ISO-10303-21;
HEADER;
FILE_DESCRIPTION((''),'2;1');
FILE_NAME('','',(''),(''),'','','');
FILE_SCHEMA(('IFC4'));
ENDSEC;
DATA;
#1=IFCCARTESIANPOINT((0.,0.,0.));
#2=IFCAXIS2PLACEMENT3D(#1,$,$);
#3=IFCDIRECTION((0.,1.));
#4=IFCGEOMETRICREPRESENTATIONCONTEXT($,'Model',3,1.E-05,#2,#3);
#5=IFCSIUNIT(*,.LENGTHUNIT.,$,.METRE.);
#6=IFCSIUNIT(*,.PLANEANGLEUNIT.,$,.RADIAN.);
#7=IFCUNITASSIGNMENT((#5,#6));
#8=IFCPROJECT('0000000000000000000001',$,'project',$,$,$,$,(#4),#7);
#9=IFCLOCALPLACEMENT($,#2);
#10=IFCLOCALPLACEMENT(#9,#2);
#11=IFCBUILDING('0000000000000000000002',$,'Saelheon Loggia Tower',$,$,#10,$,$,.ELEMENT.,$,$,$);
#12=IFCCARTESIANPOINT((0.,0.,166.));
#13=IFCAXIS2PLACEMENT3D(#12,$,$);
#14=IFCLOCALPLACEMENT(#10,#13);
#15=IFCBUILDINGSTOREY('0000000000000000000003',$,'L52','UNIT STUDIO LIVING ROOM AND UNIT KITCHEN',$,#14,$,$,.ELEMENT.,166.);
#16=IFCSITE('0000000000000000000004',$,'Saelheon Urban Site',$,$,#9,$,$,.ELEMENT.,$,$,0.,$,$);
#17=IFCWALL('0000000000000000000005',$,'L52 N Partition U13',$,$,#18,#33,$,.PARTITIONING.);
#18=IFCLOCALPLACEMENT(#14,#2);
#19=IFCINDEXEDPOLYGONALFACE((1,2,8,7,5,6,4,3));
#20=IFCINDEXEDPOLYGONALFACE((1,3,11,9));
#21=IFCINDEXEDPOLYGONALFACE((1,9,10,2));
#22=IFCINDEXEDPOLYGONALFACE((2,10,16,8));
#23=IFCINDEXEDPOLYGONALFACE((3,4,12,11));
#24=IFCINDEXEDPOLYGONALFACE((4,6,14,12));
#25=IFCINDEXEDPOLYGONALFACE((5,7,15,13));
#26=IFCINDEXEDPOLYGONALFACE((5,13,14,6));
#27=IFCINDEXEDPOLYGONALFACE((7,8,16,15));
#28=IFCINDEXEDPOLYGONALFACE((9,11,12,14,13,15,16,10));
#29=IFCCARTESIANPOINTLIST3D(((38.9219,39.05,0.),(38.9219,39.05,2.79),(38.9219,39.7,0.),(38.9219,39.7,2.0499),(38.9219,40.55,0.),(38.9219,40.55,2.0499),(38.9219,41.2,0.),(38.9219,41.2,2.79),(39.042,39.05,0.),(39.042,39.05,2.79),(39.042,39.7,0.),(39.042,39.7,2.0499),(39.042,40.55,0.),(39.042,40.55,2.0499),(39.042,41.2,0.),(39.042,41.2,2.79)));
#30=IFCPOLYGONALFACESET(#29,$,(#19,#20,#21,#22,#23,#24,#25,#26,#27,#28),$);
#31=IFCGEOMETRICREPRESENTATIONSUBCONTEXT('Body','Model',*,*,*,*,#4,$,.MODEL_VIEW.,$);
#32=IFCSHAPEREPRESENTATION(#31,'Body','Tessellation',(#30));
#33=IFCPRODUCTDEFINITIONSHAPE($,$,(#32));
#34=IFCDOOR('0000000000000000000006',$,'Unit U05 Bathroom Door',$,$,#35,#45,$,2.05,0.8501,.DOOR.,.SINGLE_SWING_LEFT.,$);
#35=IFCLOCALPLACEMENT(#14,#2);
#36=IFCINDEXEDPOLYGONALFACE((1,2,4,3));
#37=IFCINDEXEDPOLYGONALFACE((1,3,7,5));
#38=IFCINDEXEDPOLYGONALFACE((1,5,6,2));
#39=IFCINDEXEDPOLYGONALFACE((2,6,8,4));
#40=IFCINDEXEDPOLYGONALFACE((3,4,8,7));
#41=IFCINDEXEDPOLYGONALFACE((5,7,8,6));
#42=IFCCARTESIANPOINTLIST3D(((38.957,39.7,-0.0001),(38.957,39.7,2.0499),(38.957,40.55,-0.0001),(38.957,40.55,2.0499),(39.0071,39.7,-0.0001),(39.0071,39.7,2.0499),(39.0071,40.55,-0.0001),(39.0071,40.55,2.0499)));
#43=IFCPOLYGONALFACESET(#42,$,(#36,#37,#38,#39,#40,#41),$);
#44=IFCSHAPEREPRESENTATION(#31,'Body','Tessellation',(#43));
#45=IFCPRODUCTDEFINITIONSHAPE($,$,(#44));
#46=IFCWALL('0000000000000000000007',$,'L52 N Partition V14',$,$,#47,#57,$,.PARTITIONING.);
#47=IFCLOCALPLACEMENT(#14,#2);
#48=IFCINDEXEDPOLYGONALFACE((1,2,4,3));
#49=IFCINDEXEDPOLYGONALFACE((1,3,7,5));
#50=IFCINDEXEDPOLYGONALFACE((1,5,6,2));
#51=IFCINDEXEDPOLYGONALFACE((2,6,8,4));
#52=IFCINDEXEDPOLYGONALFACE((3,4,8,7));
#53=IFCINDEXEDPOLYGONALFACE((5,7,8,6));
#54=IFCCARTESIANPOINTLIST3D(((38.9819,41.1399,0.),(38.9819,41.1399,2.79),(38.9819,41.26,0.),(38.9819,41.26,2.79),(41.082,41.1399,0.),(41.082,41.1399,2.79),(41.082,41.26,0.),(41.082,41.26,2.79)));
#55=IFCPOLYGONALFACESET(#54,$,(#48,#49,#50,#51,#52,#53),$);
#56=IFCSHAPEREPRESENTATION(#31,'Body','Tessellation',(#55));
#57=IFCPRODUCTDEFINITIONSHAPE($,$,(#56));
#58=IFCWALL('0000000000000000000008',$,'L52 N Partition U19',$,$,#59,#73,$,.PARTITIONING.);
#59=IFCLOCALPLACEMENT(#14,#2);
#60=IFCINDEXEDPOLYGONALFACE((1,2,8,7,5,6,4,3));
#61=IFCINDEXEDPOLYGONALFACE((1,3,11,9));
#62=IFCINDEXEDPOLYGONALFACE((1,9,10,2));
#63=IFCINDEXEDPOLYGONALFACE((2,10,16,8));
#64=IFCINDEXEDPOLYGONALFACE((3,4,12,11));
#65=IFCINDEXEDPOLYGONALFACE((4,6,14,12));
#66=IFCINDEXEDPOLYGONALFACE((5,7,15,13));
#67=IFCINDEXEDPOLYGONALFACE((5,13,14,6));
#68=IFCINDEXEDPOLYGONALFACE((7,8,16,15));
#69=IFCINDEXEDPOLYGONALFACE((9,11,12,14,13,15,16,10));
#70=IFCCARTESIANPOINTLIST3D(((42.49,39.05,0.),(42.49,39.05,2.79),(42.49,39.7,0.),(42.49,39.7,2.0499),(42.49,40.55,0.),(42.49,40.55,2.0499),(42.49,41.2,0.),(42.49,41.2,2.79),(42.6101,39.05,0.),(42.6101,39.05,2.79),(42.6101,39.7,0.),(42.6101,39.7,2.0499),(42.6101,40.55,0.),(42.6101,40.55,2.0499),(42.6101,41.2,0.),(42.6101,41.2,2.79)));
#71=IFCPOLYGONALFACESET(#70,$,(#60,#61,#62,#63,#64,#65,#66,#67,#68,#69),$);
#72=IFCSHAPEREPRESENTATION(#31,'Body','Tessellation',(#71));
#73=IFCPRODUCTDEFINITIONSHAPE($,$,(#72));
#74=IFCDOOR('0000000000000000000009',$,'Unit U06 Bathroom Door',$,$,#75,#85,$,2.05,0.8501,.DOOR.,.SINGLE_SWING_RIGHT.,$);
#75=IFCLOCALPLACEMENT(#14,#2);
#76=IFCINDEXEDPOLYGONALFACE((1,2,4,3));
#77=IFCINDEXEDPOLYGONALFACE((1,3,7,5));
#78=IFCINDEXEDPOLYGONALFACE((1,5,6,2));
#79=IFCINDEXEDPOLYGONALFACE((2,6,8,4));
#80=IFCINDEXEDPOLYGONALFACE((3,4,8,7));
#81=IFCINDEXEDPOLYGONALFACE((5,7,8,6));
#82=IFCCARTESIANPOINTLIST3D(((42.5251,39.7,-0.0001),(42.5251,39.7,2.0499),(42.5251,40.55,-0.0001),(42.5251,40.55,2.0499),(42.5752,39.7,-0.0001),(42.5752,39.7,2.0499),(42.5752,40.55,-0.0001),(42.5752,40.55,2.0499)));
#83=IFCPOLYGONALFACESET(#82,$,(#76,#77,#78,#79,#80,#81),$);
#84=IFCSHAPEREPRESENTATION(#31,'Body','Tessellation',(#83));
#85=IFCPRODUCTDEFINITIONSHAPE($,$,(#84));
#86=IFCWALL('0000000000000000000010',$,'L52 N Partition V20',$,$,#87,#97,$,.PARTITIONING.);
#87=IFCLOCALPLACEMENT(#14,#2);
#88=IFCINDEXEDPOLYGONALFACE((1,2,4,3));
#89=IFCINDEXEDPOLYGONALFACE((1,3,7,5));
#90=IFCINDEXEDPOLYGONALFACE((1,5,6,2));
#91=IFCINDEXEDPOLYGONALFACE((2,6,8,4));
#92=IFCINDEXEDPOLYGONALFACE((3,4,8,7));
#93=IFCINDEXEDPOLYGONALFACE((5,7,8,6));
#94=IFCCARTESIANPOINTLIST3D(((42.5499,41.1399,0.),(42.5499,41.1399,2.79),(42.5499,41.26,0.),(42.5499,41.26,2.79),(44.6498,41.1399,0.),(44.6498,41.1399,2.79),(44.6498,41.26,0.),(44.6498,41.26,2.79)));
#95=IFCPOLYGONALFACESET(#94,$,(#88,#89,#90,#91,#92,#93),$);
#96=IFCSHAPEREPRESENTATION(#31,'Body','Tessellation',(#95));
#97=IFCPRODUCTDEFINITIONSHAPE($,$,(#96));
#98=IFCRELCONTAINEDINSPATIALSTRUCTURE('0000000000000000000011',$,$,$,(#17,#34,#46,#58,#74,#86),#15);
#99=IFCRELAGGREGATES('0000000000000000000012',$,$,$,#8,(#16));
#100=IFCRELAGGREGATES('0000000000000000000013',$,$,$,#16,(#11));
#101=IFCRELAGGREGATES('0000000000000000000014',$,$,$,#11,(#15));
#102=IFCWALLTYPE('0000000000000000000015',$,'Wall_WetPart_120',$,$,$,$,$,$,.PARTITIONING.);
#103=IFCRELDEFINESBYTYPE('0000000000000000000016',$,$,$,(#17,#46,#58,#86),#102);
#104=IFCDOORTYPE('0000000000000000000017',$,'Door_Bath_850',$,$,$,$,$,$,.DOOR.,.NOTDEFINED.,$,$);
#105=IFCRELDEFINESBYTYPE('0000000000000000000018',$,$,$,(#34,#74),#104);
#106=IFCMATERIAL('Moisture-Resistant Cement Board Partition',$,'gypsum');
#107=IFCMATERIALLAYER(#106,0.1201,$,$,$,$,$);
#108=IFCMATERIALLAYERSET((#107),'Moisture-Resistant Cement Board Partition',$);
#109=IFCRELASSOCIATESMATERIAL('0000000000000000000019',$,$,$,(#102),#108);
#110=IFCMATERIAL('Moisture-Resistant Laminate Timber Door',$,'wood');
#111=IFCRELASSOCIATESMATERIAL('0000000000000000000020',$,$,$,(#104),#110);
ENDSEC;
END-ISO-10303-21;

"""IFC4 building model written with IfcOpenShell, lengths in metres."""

from ifc_helpers import new_model, si_unit, direction, frame, frame_2d, origin, place, context, subcontext, project, spatial, rectangle, extrude, source, transform, mapped, material, layer, layer_set, type_object, element, fill, save


model = new_model("IFC4")

# Units and contexts
model_context = context("Model", 3, precision=1e-05, world=origin(), true_north=direction((0.0, 1.0)))
body_context = subcontext(model_context, "Body", "Model", "MODEL_VIEW")
ifc_project = project(units=[si_unit("LENGTHUNIT", "METRE"), si_unit("PLANEANGLEUNIT", "RADIAN")], contexts=[model_context])

# Site, building, storey
site_placement = place(None, origin())
site = spatial("IfcSite", under=ifc_project, at=site_placement, Name="Saelheon Urban Site", CompositionType="ELEMENT", RefElevation=0.0)
building_placement = place(site_placement, origin())
building = spatial("IfcBuilding", under=site, at=building_placement, Name="Saelheon Loggia Tower", CompositionType="ELEMENT")
storey_placement = place(building_placement, frame((0.0, 0.0, 166.0)))
storey = spatial("IfcBuildingStorey", under=building, at=storey_placement, Name="L52", Description="UNIT STUDIO LIVING ROOM AND UNIT KITCHEN", CompositionType="ELEMENT", Elevation=166.0)

# Wall, opening, door
ifc_material_1 = material(Name="Moisture-Resistant Cement Board Partition", Category="gypsum")
ifc_layer_1 = layer(ifc_material_1, 0.1201)
ifc_layer_set_1 = layer_set([ifc_layer_1], Name="Moisture-Resistant Cement Board Partition")
wall_type_1 = type_object("IfcWallType", Name="Wall_WetPart_120", PredefinedType="PARTITIONING", material=ifc_layer_set_1)
ifc_material_2 = material(Name="Moisture-Resistant Laminate Timber Door", Category="wood")
door_type_1 = type_object("IfcDoorType", Name="Door_Bath_850", OperationType="NOTDEFINED", PredefinedType="DOOR", material=ifc_material_2)
shared_shape_1 = source(origin(), body_context, "Body", "SweptSolid", [
    extrude(rectangle(XDim=0.8501, YDim=2.05, at=frame_2d((0.425, 1.0249))), frame((0.0, 0.0249, 0.0), z_axis=(0.0, -1.0, 0.0), x_axis=(1.0, 0.0, 0.0)), (0.0, 0.0, 1.0), 0.05),
])
wall_1_placement = place(storey_placement, frame((38.9819, 39.05, 0.0), z_axis=(0.0, 0.0, 1.0), x_axis=(0.0, 1.0, 0.0)))
wall_1 = element("IfcWall", 1, at=wall_1_placement, inside=storey, type_object=wall_type_1, Name="L52 N Partition U13", PredefinedType="PARTITIONING", context=body_context, shape_type="SweptSolid", body=[
    extrude(rectangle(XDim=2.1499, YDim=0.1201, at=frame_2d((1.075, 0.0))), origin(), (0.0, 0.0, 1.0), 2.79),
])
opening_1_placement = place(wall_1_placement, frame((0.6499, 0.0, 0.0)))
opening_1 = element("IfcOpeningElement", 2, at=opening_1_placement, cuts=wall_1, PredefinedType="OPENING", context=body_context, shape_type="SweptSolid", body=[
    extrude(rectangle(XDim=0.8501, YDim=2.05, at=frame_2d((0.425, 1.0249))), frame((0.0, 0.072, 0.0), z_axis=(0.0, -1.0, 0.0), x_axis=(1.0, 0.0, 0.0)), (0.0, 0.0, 1.0), 0.144),
])
door_1_placement = place(opening_1_placement, origin())
door_1 = element("IfcDoor", 3, at=door_1_placement, inside=storey, type_object=door_type_1, Name="Unit U05 Bathroom Door", OperationType="SINGLE_SWING_LEFT", OverallHeight=2.05, OverallWidth=0.8501, PredefinedType="DOOR", context=body_context, shape_type="MappedRepresentation", body=[
    mapped(shared_shape_1, transform((0.0, 0.0, 0.0), scale=1.0)),
])
fill(opening_1, door_1)

# Wall
wall_2_placement = place(storey_placement, frame((38.9819, 41.2, 0.0), z_axis=(0.0, 0.0, 1.0), x_axis=(1.0, 0.0, 0.0)))
element("IfcWall", 4, at=wall_2_placement, inside=storey, type_object=wall_type_1, Name="L52 N Partition V14", PredefinedType="PARTITIONING", context=body_context, shape_type="SweptSolid", body=[
    extrude(rectangle(XDim=2.1001, YDim=0.1201, at=frame_2d((1.05, 0.0))), origin(), (0.0, 0.0, 1.0), 2.79),
])

# Wall, opening, door
wall_3_placement = place(storey_placement, frame((42.55, 39.05, 0.0), z_axis=(0.0, 0.0, 1.0), x_axis=(0.0, 1.0, 0.0)))
wall_3 = element("IfcWall", 5, at=wall_3_placement, inside=storey, type_object=wall_type_1, Name="L52 N Partition U19", PredefinedType="PARTITIONING", context=body_context, shape_type="SweptSolid", body=[
    extrude(rectangle(XDim=2.1499, YDim=0.1201, at=frame_2d((1.075, 0.0))), origin(), (0.0, 0.0, 1.0), 2.79),
])
opening_2_placement = place(wall_3_placement, frame((0.6499, 0.0, 0.0)))
opening_2 = element("IfcOpeningElement", 6, at=opening_2_placement, cuts=wall_3, PredefinedType="OPENING", context=body_context, shape_type="SweptSolid", body=[
    extrude(rectangle(XDim=0.8501, YDim=2.05, at=frame_2d((0.425, 1.0249))), frame((0.0, 0.072, 0.0), z_axis=(0.0, -1.0, 0.0), x_axis=(1.0, 0.0, 0.0)), (0.0, 0.0, 1.0), 0.144),
])
door_2_placement = place(opening_2_placement, origin())
door_2 = element("IfcDoor", 7, at=door_2_placement, inside=storey, type_object=door_type_1, Name="Unit U06 Bathroom Door", OperationType="SINGLE_SWING_RIGHT", OverallHeight=2.05, OverallWidth=0.8501, PredefinedType="DOOR", context=body_context, shape_type="MappedRepresentation", body=[
    mapped(shared_shape_1, transform((0.0, 0.0, 0.0), scale=1.0)),
])
fill(opening_2, door_2)

# Wall
wall_4_placement = place(storey_placement, frame((42.55, 41.2, 0.0), z_axis=(0.0, 0.0, 1.0), x_axis=(1.0, 0.0, 0.0)))
element("IfcWall", 8, at=wall_4_placement, inside=storey, type_object=wall_type_1, Name="L52 N Partition V20", PredefinedType="PARTITIONING", context=body_context, shape_type="SweptSolid", body=[
    extrude(rectangle(XDim=2.0999, YDim=0.1201, at=frame_2d((1.0498, 0.0))), origin(), (0.0, 0.0, 1.0), 2.79),
])

save(model, "model.ifc")
